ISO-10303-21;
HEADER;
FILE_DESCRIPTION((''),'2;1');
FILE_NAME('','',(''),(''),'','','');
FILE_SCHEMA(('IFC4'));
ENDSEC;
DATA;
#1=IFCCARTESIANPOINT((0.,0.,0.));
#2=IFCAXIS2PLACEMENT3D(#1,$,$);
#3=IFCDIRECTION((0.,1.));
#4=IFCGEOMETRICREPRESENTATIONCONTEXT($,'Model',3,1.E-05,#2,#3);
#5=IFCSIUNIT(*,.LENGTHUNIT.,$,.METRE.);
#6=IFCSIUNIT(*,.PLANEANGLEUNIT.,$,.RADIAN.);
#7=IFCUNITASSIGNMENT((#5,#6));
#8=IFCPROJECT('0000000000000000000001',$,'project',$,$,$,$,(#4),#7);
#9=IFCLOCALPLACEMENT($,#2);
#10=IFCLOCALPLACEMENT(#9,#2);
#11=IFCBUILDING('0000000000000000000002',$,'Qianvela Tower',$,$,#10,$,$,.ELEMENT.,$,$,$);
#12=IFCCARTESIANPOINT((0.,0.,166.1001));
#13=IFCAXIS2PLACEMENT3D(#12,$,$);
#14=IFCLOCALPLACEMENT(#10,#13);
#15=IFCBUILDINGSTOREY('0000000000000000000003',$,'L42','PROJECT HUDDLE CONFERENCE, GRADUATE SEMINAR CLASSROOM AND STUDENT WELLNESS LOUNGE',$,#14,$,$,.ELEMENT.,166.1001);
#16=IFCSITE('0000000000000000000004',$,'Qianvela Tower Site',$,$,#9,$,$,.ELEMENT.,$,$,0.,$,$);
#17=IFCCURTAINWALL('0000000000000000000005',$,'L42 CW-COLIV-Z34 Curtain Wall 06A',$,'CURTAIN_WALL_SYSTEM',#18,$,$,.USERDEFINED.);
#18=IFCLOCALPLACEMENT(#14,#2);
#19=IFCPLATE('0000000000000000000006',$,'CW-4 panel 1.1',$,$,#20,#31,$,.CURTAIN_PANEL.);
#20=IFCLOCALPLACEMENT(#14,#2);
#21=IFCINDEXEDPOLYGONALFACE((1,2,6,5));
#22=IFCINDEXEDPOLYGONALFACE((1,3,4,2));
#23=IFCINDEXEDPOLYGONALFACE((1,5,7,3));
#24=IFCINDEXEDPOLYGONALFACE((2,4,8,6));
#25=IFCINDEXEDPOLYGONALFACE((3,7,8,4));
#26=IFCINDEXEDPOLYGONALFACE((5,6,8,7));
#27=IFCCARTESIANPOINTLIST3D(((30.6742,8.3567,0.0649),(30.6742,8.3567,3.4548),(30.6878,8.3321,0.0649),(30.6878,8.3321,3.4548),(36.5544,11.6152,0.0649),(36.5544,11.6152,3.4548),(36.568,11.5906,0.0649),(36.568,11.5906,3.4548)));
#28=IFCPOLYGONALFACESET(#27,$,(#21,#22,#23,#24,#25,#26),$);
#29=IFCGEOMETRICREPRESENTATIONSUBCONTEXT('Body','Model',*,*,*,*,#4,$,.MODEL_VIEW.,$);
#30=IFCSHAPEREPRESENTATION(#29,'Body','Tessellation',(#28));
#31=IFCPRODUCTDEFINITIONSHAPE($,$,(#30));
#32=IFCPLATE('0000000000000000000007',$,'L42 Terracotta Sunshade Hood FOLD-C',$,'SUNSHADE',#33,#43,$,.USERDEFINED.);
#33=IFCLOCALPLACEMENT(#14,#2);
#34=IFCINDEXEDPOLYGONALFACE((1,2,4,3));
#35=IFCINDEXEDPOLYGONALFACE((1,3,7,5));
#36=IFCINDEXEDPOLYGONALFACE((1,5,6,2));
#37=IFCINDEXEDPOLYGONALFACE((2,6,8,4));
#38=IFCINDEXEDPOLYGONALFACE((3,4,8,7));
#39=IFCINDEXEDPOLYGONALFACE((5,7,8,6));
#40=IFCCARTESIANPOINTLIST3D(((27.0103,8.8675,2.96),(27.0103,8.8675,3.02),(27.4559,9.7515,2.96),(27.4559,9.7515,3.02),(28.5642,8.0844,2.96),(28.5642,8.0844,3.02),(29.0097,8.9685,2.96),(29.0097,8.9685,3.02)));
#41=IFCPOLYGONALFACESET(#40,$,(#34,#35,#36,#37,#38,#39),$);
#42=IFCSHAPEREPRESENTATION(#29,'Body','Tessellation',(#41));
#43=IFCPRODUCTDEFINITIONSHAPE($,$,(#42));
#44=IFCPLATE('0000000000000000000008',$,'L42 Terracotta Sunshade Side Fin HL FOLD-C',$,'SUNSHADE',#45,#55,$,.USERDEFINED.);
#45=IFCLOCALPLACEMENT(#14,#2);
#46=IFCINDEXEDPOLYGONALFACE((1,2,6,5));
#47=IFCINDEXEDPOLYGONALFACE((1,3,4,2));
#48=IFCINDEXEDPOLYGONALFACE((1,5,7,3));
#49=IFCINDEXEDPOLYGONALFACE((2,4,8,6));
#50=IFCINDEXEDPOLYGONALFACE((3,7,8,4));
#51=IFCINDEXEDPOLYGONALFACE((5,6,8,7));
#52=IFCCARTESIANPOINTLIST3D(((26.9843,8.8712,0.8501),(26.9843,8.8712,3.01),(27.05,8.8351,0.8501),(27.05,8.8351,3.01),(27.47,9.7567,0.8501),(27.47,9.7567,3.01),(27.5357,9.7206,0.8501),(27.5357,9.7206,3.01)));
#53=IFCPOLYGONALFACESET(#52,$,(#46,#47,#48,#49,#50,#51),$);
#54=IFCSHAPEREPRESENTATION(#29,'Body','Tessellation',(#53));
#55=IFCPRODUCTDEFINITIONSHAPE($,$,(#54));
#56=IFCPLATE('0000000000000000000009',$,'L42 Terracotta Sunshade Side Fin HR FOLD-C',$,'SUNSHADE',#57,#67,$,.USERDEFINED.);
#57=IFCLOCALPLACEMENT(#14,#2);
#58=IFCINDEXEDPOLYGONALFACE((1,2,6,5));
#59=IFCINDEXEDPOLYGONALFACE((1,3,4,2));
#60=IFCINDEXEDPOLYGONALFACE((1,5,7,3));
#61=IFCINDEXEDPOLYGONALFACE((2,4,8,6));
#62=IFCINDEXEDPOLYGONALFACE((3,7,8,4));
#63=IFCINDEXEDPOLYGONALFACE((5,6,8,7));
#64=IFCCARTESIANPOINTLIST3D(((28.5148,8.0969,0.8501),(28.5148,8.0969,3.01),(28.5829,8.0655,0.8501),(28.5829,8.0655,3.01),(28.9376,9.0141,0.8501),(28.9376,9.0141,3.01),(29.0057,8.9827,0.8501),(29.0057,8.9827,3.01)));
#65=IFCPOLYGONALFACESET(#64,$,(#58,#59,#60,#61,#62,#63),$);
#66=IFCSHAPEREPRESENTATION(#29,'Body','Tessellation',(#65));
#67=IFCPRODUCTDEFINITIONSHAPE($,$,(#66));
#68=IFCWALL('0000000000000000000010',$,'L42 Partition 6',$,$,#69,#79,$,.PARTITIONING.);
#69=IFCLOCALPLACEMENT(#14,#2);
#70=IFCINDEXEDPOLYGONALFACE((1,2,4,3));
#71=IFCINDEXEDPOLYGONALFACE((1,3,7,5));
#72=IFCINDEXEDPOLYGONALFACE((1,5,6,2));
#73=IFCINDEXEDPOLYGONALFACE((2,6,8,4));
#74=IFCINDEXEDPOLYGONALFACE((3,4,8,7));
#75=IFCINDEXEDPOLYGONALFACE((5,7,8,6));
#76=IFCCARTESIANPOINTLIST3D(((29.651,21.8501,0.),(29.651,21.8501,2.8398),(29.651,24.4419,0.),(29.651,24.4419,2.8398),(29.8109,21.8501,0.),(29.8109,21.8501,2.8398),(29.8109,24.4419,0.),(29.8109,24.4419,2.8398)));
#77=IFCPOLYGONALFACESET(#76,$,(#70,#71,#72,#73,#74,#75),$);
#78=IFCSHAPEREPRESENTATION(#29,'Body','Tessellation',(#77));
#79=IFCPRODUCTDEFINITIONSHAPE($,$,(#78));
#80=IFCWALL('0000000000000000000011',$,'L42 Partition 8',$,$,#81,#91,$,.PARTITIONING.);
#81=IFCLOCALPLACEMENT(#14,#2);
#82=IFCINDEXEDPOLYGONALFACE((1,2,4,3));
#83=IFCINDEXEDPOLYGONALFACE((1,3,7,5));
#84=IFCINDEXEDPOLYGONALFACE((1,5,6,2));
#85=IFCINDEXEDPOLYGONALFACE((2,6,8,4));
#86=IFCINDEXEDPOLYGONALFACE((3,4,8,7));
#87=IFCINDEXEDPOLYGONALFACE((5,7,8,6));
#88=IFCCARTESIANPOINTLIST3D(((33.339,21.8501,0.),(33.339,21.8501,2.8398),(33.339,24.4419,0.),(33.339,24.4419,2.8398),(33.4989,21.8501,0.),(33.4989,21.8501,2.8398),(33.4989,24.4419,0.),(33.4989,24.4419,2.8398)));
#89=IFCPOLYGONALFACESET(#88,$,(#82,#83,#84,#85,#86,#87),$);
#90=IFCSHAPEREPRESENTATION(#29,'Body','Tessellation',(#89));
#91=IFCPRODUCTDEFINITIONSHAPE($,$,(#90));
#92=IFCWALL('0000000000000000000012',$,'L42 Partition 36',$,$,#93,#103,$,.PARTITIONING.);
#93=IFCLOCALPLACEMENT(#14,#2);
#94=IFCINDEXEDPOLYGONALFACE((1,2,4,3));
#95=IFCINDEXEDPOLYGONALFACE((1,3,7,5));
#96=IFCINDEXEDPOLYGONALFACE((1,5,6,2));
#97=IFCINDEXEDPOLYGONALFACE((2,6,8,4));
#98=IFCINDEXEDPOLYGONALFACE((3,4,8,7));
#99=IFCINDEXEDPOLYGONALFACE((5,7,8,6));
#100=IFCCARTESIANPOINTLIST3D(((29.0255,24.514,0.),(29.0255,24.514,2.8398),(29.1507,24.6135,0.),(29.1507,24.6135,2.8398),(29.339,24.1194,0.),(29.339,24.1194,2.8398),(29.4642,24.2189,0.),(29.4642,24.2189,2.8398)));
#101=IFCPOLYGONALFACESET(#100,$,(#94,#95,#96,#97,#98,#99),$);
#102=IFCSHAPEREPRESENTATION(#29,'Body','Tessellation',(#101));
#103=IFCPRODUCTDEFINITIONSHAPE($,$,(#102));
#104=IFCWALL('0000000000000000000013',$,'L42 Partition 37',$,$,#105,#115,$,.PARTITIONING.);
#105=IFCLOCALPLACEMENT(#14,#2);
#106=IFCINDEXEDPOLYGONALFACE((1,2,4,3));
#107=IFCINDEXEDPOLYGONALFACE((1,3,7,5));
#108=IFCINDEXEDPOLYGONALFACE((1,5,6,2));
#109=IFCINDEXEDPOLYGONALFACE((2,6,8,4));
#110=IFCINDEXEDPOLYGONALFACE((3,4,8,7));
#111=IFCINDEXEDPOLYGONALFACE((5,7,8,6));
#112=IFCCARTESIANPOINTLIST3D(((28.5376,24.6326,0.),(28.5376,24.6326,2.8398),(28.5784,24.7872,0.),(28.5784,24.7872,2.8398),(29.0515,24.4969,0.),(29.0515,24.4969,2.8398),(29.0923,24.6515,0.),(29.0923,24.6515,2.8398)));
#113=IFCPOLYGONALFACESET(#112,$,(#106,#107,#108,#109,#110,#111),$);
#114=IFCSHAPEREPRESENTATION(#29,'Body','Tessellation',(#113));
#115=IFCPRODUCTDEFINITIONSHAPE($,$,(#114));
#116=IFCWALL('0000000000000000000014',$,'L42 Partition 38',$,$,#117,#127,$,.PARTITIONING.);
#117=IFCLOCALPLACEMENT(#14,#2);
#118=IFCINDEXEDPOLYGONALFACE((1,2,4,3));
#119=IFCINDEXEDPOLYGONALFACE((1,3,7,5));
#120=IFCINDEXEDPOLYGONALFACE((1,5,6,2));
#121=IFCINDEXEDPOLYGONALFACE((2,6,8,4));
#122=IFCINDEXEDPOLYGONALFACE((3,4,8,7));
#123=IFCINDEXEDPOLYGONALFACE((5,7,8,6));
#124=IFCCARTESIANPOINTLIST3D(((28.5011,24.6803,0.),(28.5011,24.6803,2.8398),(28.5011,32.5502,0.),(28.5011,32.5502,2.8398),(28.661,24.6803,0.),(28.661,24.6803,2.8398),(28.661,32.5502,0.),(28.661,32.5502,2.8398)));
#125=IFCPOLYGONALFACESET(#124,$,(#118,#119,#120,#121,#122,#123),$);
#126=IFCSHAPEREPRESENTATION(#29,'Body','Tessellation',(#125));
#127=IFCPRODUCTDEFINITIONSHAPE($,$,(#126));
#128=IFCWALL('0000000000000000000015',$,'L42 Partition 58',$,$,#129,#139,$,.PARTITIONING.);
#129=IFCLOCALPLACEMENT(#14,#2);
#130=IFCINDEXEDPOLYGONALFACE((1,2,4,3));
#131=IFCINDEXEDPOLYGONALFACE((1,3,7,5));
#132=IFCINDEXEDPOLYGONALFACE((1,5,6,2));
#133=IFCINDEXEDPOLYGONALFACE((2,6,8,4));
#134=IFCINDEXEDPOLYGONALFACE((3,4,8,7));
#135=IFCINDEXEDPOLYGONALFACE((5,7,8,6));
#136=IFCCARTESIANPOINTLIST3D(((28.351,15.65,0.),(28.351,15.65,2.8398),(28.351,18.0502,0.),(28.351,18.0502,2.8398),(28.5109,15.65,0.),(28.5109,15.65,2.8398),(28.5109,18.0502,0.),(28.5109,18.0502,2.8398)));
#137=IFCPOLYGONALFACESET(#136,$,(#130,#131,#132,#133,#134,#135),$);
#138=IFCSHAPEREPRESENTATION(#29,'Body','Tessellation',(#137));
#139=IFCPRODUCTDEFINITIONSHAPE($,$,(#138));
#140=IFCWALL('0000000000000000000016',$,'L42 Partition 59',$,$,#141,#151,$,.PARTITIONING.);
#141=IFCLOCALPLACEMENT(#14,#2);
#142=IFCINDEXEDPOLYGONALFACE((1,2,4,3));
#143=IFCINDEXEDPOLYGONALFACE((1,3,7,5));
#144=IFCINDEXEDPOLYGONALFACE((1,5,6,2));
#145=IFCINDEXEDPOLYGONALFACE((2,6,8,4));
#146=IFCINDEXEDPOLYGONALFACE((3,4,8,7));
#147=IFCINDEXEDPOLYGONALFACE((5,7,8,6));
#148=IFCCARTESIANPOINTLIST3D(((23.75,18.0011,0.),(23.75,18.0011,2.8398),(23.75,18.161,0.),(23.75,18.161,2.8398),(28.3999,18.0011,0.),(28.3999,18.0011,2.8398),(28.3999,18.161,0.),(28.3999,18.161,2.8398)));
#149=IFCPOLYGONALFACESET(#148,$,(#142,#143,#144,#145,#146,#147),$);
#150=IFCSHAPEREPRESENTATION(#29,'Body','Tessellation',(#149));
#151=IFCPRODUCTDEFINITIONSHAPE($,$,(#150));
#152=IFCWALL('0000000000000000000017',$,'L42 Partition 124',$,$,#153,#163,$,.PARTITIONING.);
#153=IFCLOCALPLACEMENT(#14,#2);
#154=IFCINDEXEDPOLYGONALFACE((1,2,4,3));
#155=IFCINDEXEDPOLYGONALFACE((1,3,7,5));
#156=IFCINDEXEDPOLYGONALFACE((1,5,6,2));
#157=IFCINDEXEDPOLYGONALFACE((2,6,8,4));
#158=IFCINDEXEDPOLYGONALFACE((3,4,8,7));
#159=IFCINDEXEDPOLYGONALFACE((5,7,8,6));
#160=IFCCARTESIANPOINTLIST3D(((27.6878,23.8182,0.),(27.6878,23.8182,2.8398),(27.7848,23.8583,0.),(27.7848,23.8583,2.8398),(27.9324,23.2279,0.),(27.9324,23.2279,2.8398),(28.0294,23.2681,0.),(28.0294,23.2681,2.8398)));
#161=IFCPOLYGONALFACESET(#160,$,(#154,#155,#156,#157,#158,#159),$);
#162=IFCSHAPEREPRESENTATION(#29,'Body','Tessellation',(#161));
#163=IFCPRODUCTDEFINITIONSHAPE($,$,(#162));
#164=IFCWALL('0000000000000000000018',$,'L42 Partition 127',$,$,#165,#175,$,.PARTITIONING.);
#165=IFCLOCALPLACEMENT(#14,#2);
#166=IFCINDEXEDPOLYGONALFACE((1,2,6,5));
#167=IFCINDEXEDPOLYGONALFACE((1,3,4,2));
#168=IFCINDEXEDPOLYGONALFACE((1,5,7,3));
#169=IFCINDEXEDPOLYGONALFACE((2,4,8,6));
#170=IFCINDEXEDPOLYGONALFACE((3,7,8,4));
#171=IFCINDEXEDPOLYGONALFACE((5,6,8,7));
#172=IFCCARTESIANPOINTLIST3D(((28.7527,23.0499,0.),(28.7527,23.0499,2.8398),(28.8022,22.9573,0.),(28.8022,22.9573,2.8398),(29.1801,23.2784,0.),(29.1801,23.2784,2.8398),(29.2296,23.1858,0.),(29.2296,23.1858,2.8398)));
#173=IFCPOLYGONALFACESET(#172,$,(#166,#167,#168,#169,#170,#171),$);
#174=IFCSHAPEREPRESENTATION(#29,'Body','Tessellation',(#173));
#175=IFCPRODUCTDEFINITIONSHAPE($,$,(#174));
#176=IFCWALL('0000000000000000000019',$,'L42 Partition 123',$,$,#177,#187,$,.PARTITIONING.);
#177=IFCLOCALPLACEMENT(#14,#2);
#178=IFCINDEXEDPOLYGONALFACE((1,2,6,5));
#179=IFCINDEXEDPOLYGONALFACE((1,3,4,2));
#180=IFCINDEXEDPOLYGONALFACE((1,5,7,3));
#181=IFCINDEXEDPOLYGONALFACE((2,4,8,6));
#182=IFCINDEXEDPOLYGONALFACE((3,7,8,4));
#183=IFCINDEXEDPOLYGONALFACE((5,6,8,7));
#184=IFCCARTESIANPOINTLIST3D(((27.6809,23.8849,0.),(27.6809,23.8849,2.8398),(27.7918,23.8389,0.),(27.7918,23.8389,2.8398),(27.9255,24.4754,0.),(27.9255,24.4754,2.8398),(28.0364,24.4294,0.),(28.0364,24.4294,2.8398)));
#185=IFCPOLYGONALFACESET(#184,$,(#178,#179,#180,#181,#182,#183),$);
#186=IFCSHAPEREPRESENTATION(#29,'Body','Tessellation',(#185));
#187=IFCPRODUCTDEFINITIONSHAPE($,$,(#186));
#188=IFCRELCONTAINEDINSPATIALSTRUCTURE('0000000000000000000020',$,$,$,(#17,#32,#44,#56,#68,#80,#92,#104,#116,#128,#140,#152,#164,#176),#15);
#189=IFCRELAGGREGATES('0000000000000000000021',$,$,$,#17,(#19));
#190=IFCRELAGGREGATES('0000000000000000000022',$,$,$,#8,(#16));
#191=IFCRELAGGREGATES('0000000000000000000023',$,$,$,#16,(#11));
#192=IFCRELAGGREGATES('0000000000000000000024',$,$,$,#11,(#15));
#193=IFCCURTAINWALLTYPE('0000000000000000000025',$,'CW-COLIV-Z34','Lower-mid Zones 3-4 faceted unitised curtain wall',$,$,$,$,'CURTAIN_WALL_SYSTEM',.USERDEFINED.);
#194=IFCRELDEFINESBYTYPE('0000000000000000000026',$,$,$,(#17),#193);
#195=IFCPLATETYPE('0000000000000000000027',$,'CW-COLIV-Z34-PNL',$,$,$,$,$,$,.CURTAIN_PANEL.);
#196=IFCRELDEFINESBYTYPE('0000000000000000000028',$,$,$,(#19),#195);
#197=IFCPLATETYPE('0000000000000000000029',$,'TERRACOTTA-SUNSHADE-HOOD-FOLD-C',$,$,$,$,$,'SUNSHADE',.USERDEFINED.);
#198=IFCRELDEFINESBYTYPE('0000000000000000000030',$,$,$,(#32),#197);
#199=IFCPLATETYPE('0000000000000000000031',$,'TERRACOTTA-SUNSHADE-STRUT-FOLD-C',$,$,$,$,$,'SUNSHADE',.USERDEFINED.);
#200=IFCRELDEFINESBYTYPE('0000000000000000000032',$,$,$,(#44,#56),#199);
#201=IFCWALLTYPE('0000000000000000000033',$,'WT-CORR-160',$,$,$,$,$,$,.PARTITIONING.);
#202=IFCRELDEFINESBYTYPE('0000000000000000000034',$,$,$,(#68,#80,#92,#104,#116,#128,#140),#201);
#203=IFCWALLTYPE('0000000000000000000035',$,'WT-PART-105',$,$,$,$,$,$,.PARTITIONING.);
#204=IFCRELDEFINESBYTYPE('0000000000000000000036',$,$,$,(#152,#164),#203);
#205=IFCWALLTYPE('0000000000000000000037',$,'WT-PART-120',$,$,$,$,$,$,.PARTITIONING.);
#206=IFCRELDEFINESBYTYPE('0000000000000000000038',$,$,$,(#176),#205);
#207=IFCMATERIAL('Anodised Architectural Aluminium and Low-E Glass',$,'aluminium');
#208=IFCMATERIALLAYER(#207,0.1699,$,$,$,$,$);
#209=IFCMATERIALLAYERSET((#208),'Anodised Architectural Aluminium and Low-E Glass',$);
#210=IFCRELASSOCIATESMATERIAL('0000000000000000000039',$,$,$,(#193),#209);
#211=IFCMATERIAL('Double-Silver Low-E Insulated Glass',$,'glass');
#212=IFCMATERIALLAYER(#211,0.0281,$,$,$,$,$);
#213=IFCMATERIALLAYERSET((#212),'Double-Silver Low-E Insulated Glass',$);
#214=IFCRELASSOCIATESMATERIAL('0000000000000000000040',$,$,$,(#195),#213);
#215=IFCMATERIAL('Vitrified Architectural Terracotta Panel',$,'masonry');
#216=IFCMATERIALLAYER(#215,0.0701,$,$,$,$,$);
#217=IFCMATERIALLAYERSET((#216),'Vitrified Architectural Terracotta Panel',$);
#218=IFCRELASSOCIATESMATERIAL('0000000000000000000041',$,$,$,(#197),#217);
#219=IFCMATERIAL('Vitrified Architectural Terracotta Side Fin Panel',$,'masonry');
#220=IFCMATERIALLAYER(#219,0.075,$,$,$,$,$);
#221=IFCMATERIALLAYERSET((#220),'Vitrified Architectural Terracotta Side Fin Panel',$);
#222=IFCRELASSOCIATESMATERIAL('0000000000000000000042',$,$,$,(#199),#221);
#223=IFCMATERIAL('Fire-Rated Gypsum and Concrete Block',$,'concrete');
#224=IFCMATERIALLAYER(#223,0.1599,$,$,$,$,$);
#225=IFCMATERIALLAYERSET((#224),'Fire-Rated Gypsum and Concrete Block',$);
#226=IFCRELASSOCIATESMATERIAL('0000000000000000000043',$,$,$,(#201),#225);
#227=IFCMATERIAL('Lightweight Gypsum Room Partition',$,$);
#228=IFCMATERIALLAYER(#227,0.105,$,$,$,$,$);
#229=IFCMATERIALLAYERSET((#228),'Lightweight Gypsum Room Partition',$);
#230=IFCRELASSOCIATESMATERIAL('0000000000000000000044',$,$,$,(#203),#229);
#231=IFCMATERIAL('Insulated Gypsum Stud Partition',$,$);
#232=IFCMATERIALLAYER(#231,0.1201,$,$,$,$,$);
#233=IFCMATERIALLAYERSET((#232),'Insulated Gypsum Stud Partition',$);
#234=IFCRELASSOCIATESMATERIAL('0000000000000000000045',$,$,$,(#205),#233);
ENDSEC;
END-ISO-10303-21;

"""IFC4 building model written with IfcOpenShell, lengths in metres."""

from ifc_helpers import new_model, si_unit, direction, frame, frame_2d, origin, origin_2d, place, context, subcontext, project, spatial, rectangle, extrude, material, layer, layer_set, type_object, element, aggregate, save


model = new_model("IFC4")

# Units and contexts
model_context = context("Model", 3, precision=1e-05, world=origin(), true_north=direction((0.0, 1.0)))
body_context = subcontext(model_context, "Body", "Model", "MODEL_VIEW")
ifc_project = project(units=[si_unit("LENGTHUNIT", "METRE"), si_unit("PLANEANGLEUNIT", "RADIAN")], contexts=[model_context])

# Site, building, storey
site_placement = place(None, origin())
site = spatial("IfcSite", under=ifc_project, at=site_placement, Name="Qianvela Tower Site", CompositionType="ELEMENT", RefElevation=0.0)
building_placement = place(site_placement, origin())
building = spatial("IfcBuilding", under=site, at=building_placement, Name="Qianvela Tower", CompositionType="ELEMENT")
storey_placement = place(building_placement, frame((0.0, 0.0, 166.1001)))
storey = spatial("IfcBuildingStorey", under=building, at=storey_placement, Name="L42", Description="PROJECT HUDDLE CONFERENCE, GRADUATE SEMINAR CLASSROOM AND STUDENT WELLNESS LOUNGE", CompositionType="ELEMENT", Elevation=166.1001)

# Curtain wall, plate
ifc_material_1 = material(Name="Anodised Architectural Aluminium and Low-E Glass", Category="aluminium")
ifc_layer_1 = layer(ifc_material_1, 0.1699)
ifc_layer_set_1 = layer_set([ifc_layer_1], Name="Anodised Architectural Aluminium and Low-E Glass")
curtain_wall_type = type_object("IfcCurtainWallType", Name="CW-COLIV-Z34", Description="Lower-mid Zones 3-4 faceted unitised curtain wall", ElementType="CURTAIN_WALL_SYSTEM", PredefinedType="USERDEFINED", material=ifc_layer_set_1)
curtain_wall_placement = place(storey_placement, origin())
curtain_wall = element("IfcCurtainWall", 1, at=curtain_wall_placement, inside=storey, type_object=curtain_wall_type, Name="L42 CW-COLIV-Z34 Curtain Wall 06A", ObjectType="CURTAIN_WALL_SYSTEM", PredefinedType="USERDEFINED")
ifc_material_2 = material(Name="Double-Silver Low-E Insulated Glass", Category="glass")
ifc_layer_2 = layer(ifc_material_2, 0.0281)
ifc_layer_set_2 = layer_set([ifc_layer_2], Name="Double-Silver Low-E Insulated Glass")
plate_type_1 = type_object("IfcPlateType", Name="CW-COLIV-Z34-PNL", PredefinedType="CURTAIN_PANEL", material=ifc_layer_set_2)
plate_1_placement = place(storey_placement, frame((33.6211, 9.9736, 0.0649), z_axis=(0.0, 0.0, 1.0), x_axis=(0.874679, 0.484703, 0.0)))
plate_1 = element("IfcPlate", 2, at=plate_1_placement, type_object=plate_type_1, Name="CW-4 panel 1.1", PredefinedType="CURTAIN_PANEL", context=body_context, shape_type="SweptSolid", body=[
    extrude(rectangle(XDim=6.7227, YDim=0.0281, at=origin_2d()), origin(), (0.0, 0.0, 1.0), 3.3899),
])
aggregate(curtain_wall, [plate_1])

# Plates
ifc_material_3 = material(Name="Vitrified Architectural Terracotta Panel", Category="masonry")
ifc_layer_3 = layer(ifc_material_3, 0.0701)
ifc_layer_set_3 = layer_set([ifc_layer_3], Name="Vitrified Architectural Terracotta Panel")
plate_type_2 = type_object("IfcPlateType", Name="TERRACOTTA-SUNSHADE-HOOD-FOLD-C", ElementType="SUNSHADE", PredefinedType="USERDEFINED", material=ifc_layer_set_3)
plate_2_placement = place(storey_placement, frame((28.01, 8.918, 2.96), z_axis=(0.0, 0.0, 1.0), x_axis=(0.89301, -0.450036, 0.0)))
element("IfcPlate", 3, at=plate_2_placement, inside=storey, type_object=plate_type_2, Name="L42 Terracotta Sunshade Hood FOLD-C", ObjectType="SUNSHADE", PredefinedType="USERDEFINED", context=body_context, shape_type="SweptSolid", body=[
    extrude(rectangle(XDim=1.74, YDim=0.99, at=origin_2d()), origin(), (0.0, 0.0, 1.0), 0.0601),
])
ifc_material_4 = material(Name="Vitrified Architectural Terracotta Side Fin Panel", Category="masonry")
ifc_layer_4 = layer(ifc_material_4, 0.075)
ifc_layer_set_4 = layer_set([ifc_layer_4], Name="Vitrified Architectural Terracotta Side Fin Panel")
plate_type_3 = type_object("IfcPlateType", Name="TERRACOTTA-SUNSHADE-STRUT-FOLD-C", ElementType="SUNSHADE", PredefinedType="USERDEFINED", material=ifc_layer_set_4)
for number, where, z_axis, x_axis, name in (
    (4, (27.26, 9.2959, 0.8501), (0.0, 0.0, 1.0), (0.87676, -0.480928, 0.0), "L42 Terracotta Sunshade Side Fin HL FOLD-C"),
    (5, (28.7603, 8.5398, 0.8501), (0.0, 0.0, 1.0), (0.908172, -0.418596, 0.0), "L42 Terracotta Sunshade Side Fin HR FOLD-C"),
):
    element("IfcPlate", number, at=place(storey_placement, frame(where, z_axis=z_axis, x_axis=x_axis)), inside=storey, type_object=plate_type_3, Name=name, ObjectType="SUNSHADE", PredefinedType="USERDEFINED", context=body_context, shape_type="SweptSolid", body=[
        extrude(rectangle(XDim=0.075, YDim=1.01, at=origin_2d()), origin(), (0.0, 0.0, 1.0), 2.1599),
    ])

# Shared definitions
ifc_material_5 = material(Name="Fire-Rated Gypsum and Concrete Block", Category="concrete")
ifc_layer_5 = layer(ifc_material_5, 0.1599)
ifc_layer_set_5 = layer_set([ifc_layer_5], Name="Fire-Rated Gypsum and Concrete Block")
wall_type_1 = type_object("IfcWallType", Name="WT-CORR-160", PredefinedType="PARTITIONING", material=ifc_layer_set_5)

# Walls
for number, where, z_axis, x_axis, name in (
    (6, (29.731, 21.8501, 0.0), (0.0, 0.0, 1.0), (0.0, 1.0, 0.0), "L42 Partition 6"),
    (7, (33.4189, 24.4419, 0.0), (0.0, 0.0, 1.0), (0.0, -1.0, 0.0), "L42 Partition 8"),
):
    element("IfcWall", number, at=place(storey_placement, frame(where, z_axis=z_axis, x_axis=x_axis)), inside=storey, type_object=wall_type_1, Name=name, PredefinedType="PARTITIONING", context=body_context, shape_type="SweptSolid", body=[
        extrude(rectangle(XDim=2.5918, YDim=0.1599, at=frame_2d((1.2959, 0.0))), origin(), (0.0, 0.0, 1.0), 2.8398),
    ])
wall_1_placement = place(storey_placement, frame((29.4016, 24.1692, 0.0), z_axis=(0.0, 0.0, 1.0), x_axis=(-0.622092, 0.782944, 0.0)))
element("IfcWall", 8, at=wall_1_placement, inside=storey, type_object=wall_type_1, Name="L42 Partition 36", PredefinedType="PARTITIONING", context=body_context, shape_type="SweptSolid", body=[
    extrude(rectangle(XDim=0.5039, YDim=0.1599, at=frame_2d((0.252, 0.0))), origin(), (0.0, 0.0, 1.0), 2.8398),
])
wall_2_placement = place(storey_placement, frame((29.0718, 24.5742, 0.0), z_axis=(0.0, 0.0, 1.0), x_axis=(-0.966842, 0.255375, 0.0)))
element("IfcWall", 9, at=wall_2_placement, inside=storey, type_object=wall_type_1, Name="L42 Partition 37", PredefinedType="PARTITIONING", context=body_context, shape_type="SweptSolid", body=[
    extrude(rectangle(XDim=0.5315, YDim=0.1599, at=frame_2d((0.2656, 0.0))), origin(), (0.0, 0.0, 1.0), 2.8398),
])
wall_3_placement = place(storey_placement, frame((28.5811, 24.6802, 0.0), z_axis=(0.0, 0.0, 1.0), x_axis=(0.0, 1.0, 0.0)))
element("IfcWall", 10, at=wall_3_placement, inside=storey, type_object=wall_type_1, Name="L42 Partition 38", PredefinedType="PARTITIONING", context=body_context, shape_type="SweptSolid", body=[
    extrude(rectangle(XDim=7.8699, YDim=0.1599, at=frame_2d((3.9351, 0.0))), origin(), (0.0, 0.0, 1.0), 2.8398),
])
wall_4_placement = place(storey_placement, frame((28.4309, 15.6499, 0.0), z_axis=(0.0, 0.0, 1.0), x_axis=(0.0, 1.0, 0.0)))
element("IfcWall", 11, at=wall_4_placement, inside=storey, type_object=wall_type_1, Name="L42 Partition 58", PredefinedType="PARTITIONING", context=body_context, shape_type="SweptSolid", body=[
    extrude(rectangle(XDim=2.4001, YDim=0.1599, at=frame_2d((1.2002, 0.0))), origin(), (0.0, 0.0, 1.0), 2.8398),
])
wall_5_placement = place(storey_placement, frame((28.3999, 18.0811, 0.0), z_axis=(0.0, 0.0, 1.0), x_axis=(-1.0, 0.0, 0.0)))
element("IfcWall", 12, at=wall_5_placement, inside=storey, type_object=wall_type_1, Name="L42 Partition 59", PredefinedType="PARTITIONING", context=body_context, shape_type="SweptSolid", body=[
    extrude(rectangle(XDim=4.6499, YDim=0.1599, at=frame_2d((2.325, 0.0))), origin(), (0.0, 0.0, 1.0), 2.8398),
])
ifc_material_6 = material(Name="Lightweight Gypsum Room Partition")
ifc_layer_6 = layer(ifc_material_6, 0.105)
ifc_layer_set_6 = layer_set([ifc_layer_6], Name="Lightweight Gypsum Room Partition")
wall_type_2 = type_object("IfcWallType", Name="WT-PART-105", PredefinedType="PARTITIONING", material=ifc_layer_set_6)
wall_6_placement = place(storey_placement, frame((27.7363, 23.8381, 0.0), z_axis=(0.0, 0.0, 1.0), x_axis=(0.382824, -0.923821, 0.0)))
element("IfcWall", 13, at=wall_6_placement, inside=storey, type_object=wall_type_2, Name="L42 Partition 124", PredefinedType="PARTITIONING", context=body_context, shape_type="SweptSolid", body=[
    extrude(rectangle(XDim=0.6389, YDim=0.105, at=frame_2d((0.3193, 0.0))), origin(), (0.0, 0.0, 1.0), 2.8398),
])
wall_7_placement = place(storey_placement, frame((28.7776, 23.0037, 0.0), z_axis=(0.0, 0.0, 1.0), x_axis=(0.881906, 0.471425, 0.0)))
element("IfcWall", 14, at=wall_7_placement, inside=storey, type_object=wall_type_2, Name="L42 Partition 127", PredefinedType="PARTITIONING", context=body_context, shape_type="SweptSolid", body=[
    extrude(rectangle(XDim=0.4846, YDim=0.105, at=frame_2d((0.2422, 0.0))), origin(), (0.0, 0.0, 1.0), 2.8398),
])
ifc_material_7 = material(Name="Insulated Gypsum Stud Partition")
ifc_layer_7 = layer(ifc_material_7, 0.1201)
ifc_layer_set_7 = layer_set([ifc_layer_7], Name="Insulated Gypsum Stud Partition")
wall_type_3 = type_object("IfcWallType", Name="WT-PART-120", PredefinedType="PARTITIONING", material=ifc_layer_set_7)
wall_8_placement = place(storey_placement, frame((27.981, 24.4524, 0.0), z_axis=(0.0, 0.0, 1.0), x_axis=(-0.382689, -0.923877, 0.0)))
element("IfcWall", 15, at=wall_8_placement, inside=storey, type_object=wall_type_3, Name="L42 Partition 123", PredefinedType="PARTITIONING", context=body_context, shape_type="SweptSolid", body=[
    extrude(rectangle(XDim=0.6392, YDim=0.1201, at=frame_2d((0.3196, 0.0))), origin(), (0.0, 0.0, 1.0), 2.8398),
])

save(model, "model.ifc")
